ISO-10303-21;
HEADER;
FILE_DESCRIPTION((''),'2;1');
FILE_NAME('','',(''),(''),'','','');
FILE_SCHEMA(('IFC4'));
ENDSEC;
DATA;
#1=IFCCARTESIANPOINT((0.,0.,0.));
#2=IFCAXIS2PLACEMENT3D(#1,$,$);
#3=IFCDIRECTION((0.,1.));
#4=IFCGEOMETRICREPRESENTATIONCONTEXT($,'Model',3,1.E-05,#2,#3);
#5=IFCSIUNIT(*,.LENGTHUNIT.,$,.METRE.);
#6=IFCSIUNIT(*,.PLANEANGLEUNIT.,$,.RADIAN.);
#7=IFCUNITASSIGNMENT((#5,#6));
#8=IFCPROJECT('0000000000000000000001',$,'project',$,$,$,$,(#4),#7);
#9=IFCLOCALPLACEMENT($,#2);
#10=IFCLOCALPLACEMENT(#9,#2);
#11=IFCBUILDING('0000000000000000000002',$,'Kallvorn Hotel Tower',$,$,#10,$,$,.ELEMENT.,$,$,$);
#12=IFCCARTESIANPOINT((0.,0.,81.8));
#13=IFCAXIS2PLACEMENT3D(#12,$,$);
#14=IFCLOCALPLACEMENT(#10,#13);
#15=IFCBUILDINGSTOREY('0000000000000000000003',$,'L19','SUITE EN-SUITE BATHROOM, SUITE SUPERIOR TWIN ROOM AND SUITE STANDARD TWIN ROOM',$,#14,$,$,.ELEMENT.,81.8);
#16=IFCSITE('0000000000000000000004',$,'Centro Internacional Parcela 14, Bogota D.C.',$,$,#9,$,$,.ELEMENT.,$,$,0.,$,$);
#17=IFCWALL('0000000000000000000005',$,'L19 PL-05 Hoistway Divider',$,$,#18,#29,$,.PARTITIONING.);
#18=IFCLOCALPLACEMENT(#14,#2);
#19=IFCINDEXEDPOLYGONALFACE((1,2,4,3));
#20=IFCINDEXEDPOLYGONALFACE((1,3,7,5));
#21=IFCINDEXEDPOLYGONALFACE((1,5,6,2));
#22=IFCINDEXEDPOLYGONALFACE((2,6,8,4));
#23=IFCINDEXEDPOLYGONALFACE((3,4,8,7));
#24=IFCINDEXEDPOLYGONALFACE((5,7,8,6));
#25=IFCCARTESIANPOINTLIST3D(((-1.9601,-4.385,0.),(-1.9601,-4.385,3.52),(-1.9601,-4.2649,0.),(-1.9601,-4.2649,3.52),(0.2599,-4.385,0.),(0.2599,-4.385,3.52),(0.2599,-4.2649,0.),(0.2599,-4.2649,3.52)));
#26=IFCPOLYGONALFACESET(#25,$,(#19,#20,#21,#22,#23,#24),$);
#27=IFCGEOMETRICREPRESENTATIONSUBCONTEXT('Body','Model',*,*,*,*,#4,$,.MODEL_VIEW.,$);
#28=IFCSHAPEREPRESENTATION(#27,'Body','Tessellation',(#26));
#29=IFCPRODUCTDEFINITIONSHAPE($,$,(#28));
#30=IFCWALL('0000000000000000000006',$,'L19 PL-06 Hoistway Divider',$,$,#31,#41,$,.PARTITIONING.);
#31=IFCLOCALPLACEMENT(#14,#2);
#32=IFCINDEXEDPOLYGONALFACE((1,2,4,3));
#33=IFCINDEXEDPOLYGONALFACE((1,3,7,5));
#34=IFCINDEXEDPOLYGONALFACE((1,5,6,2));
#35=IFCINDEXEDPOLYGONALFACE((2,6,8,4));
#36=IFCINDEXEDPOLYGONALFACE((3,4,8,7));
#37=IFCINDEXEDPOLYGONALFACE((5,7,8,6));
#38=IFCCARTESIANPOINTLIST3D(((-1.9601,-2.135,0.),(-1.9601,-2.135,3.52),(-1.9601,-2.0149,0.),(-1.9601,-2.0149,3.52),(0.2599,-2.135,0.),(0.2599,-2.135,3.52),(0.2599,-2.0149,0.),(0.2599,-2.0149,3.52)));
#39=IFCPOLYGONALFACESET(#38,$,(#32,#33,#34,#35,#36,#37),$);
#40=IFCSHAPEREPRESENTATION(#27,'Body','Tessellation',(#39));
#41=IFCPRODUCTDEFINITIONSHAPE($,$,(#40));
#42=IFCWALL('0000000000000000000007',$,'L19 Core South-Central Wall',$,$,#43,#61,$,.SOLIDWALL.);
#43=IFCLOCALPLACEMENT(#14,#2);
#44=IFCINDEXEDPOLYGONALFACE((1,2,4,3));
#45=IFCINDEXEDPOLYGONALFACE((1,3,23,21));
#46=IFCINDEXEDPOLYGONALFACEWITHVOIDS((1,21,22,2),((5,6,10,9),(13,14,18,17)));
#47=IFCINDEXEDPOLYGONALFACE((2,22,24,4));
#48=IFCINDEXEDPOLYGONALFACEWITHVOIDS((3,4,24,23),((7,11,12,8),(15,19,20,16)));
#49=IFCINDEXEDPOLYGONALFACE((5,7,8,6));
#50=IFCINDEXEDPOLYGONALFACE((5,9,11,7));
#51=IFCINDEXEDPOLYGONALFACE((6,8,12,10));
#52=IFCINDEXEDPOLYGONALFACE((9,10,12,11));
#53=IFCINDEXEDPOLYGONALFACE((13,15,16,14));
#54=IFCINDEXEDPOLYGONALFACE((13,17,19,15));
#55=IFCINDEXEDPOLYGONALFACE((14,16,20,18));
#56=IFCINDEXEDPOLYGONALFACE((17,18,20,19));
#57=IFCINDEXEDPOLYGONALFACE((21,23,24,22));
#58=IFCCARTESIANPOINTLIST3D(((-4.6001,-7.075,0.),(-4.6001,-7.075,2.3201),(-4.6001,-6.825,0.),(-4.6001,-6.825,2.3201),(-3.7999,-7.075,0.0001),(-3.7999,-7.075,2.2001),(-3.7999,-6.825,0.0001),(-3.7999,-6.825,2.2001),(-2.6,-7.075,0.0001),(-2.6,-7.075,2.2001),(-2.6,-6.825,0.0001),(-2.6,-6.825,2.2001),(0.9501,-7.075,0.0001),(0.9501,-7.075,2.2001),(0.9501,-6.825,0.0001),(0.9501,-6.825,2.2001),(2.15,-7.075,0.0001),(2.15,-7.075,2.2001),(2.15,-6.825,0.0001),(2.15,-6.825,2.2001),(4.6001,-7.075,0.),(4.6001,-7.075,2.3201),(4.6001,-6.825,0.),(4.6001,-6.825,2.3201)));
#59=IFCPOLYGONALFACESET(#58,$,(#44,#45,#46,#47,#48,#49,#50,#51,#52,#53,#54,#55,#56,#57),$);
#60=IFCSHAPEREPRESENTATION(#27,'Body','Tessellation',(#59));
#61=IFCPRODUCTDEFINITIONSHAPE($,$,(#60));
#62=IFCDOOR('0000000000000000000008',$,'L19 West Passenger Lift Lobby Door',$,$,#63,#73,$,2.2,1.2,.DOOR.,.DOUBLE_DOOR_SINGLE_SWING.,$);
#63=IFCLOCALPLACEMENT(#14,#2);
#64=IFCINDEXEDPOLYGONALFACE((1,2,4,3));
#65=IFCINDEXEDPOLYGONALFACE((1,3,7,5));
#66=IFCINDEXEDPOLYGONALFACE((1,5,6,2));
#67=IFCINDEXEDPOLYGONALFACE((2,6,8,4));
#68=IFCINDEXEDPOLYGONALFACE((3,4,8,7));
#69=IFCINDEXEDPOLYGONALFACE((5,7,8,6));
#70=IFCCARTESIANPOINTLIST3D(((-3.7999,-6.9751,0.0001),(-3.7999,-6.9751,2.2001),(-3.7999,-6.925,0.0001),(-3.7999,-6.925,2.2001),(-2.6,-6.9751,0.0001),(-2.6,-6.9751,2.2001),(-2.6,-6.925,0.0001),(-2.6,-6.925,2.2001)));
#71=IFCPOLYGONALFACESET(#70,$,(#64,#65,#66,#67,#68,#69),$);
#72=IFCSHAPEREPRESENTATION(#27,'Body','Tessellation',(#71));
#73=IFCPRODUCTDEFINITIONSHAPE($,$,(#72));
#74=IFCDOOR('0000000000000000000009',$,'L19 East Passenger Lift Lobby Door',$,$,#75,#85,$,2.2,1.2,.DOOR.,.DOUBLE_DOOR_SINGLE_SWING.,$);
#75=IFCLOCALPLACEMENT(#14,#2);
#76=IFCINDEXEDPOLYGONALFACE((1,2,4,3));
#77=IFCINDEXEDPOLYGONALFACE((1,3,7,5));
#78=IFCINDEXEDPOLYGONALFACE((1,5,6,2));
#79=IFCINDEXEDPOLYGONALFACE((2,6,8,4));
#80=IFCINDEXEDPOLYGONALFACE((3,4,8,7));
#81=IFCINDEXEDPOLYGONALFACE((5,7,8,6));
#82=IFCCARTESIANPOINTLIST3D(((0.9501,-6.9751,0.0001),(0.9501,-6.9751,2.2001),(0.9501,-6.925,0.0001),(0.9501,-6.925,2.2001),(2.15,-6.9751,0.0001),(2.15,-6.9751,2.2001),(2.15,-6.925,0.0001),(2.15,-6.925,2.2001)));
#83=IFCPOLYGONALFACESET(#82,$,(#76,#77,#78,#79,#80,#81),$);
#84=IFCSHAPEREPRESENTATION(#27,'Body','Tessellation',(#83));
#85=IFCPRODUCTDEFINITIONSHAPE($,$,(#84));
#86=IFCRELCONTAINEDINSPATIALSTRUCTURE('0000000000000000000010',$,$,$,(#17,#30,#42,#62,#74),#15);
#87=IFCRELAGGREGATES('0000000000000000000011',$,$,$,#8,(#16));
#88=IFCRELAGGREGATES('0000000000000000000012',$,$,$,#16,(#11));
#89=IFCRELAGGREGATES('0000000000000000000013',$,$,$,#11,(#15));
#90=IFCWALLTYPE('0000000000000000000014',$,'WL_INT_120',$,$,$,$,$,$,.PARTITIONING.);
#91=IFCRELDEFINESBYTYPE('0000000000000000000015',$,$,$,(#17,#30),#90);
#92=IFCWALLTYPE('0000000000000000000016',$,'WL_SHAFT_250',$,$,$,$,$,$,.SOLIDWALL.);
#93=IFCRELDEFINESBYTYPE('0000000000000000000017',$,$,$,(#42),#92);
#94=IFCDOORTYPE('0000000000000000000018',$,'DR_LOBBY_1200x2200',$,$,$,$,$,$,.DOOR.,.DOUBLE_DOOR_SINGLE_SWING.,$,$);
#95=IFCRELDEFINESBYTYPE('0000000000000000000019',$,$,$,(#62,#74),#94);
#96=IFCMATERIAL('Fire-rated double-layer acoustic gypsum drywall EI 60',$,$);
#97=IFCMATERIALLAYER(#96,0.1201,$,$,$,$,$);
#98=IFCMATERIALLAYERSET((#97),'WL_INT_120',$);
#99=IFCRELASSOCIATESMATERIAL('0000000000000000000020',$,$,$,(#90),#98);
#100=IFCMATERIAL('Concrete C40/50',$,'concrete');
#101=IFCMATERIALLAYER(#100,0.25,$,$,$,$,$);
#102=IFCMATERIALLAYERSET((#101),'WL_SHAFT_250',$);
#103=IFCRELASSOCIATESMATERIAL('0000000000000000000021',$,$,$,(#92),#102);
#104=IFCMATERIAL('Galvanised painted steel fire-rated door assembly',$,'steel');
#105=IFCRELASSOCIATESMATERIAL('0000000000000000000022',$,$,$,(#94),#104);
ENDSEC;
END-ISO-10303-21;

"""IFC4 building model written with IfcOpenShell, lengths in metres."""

from ifc_helpers import new_model, si_unit, direction, frame, frame_2d, origin, place, context, subcontext, project, spatial, rectangle, extrude, material, layer, layer_set, type_object, element, fill, save


model = new_model("IFC4")

# Units and contexts
model_context = context("Model", 3, precision=1e-05, world=origin(), true_north=direction((0.0, 1.0)))
body_context = subcontext(model_context, "Body", "Model", "MODEL_VIEW")
ifc_project = project(units=[si_unit("LENGTHUNIT", "METRE"), si_unit("PLANEANGLEUNIT", "RADIAN")], contexts=[model_context])

# Site, building, storey
site_placement = place(None, origin())
site = spatial("IfcSite", under=ifc_project, at=site_placement, Name="Centro Internacional Parcela 14, Bogota D.C.", CompositionType="ELEMENT", RefElevation=0.0)
building_placement = place(site_placement, origin())
building = spatial("IfcBuilding", under=site, at=building_placement, Name="Kallvorn Hotel Tower", CompositionType="ELEMENT")
storey_placement = place(building_placement, frame((0.0, 0.0, 81.8)))
storey = spatial("IfcBuildingStorey", under=building, at=storey_placement, Name="L19", Description="SUITE EN-SUITE BATHROOM, SUITE SUPERIOR TWIN ROOM AND SUITE STANDARD TWIN ROOM", CompositionType="ELEMENT", Elevation=81.8)

# Walls
ifc_material_1 = material(Name="Fire-rated double-layer acoustic gypsum drywall EI 60")
ifc_layer_1 = layer(ifc_material_1, 0.1201)
ifc_layer_set_1 = layer_set([ifc_layer_1], Name="WL_INT_120")
wall_type_1 = type_object("IfcWallType", Name="WL_INT_120", PredefinedType="PARTITIONING", material=ifc_layer_set_1)
for number, where, z_axis, x_axis, name in (
    (1, (-1.96, -4.325, 0.0), (0.0, 0.0, 1.0), (1.0, 0.0, 0.0), "L19 PL-05 Hoistway Divider"),
    (2, (-1.96, -2.075, 0.0), (0.0, 0.0, 1.0), (1.0, 0.0, 0.0), "L19 PL-06 Hoistway Divider"),
):
    element("IfcWall", number, at=place(storey_placement, frame(where, z_axis=z_axis, x_axis=x_axis)), inside=storey, type_object=wall_type_1, Name=name, PredefinedType="PARTITIONING", context=body_context, shape_type="SweptSolid", body=[
        extrude(rectangle(XDim=2.22, YDim=0.1201, at=frame_2d((1.1099, 0.0))), origin(), (0.0, 0.0, 1.0), 3.52),
    ])

# Wall, openings, doors
ifc_material_2 = material(Name="Concrete C40/50", Category="concrete")
ifc_layer_2 = layer(ifc_material_2, 0.25)
ifc_layer_set_2 = layer_set([ifc_layer_2], Name="WL_SHAFT_250")
wall_type_2 = type_object("IfcWallType", Name="WL_SHAFT_250", PredefinedType="SOLIDWALL", material=ifc_layer_set_2)
wall_1_placement = place(storey_placement, frame((-4.6001, -6.95, 0.0), z_axis=(0.0, 0.0, 1.0), x_axis=(1.0, 0.0, 0.0)))
wall_1 = element("IfcWall", 3, at=wall_1_placement, inside=storey, type_object=wall_type_2, Name="L19 Core South-Central Wall", PredefinedType="SOLIDWALL", context=body_context, shape_type="SweptSolid", body=[
    extrude(rectangle(XDim=9.2002, YDim=0.25, at=frame_2d((4.6001, 0.0))), origin(), (0.0, 0.0, 1.0), 2.3201),
])
opening_1_placement = place(wall_1_placement, frame((0.8, 0.0, 0.0)))
opening_1 = element("IfcOpeningElement", 4, at=opening_1_placement, cuts=wall_1, PredefinedType="OPENING", context=body_context, shape_type="SweptSolid", body=[
    extrude(rectangle(XDim=1.2, YDim=2.2, at=frame_2d((0.6001, 1.1001))), frame((0.0, 0.1399, 0.0), z_axis=(0.0, -1.0, 0.0), x_axis=(1.0, 0.0, 0.0)), (0.0, 0.0, 1.0), 0.28),
])
opening_2_placement = place(wall_1_placement, frame((5.55, 0.0, 0.0)))
opening_2 = element("IfcOpeningElement", 5, at=opening_2_placement, cuts=wall_1, PredefinedType="OPENING", context=body_context, shape_type="SweptSolid", body=[
    extrude(rectangle(XDim=1.2, YDim=2.2, at=frame_2d((0.6001, 1.1001))), frame((0.0, 0.1399, 0.0), z_axis=(0.0, -1.0, 0.0), x_axis=(1.0, 0.0, 0.0)), (0.0, 0.0, 1.0), 0.28),
])
ifc_material_3 = material(Name="Galvanised painted steel fire-rated door assembly", Category="steel")
door_type_1 = type_object("IfcDoorType", Name="DR_LOBBY_1200x2200", OperationType="DOUBLE_DOOR_SINGLE_SWING", PredefinedType="DOOR", material=ifc_material_3)
door_1_placement = place(opening_1_placement, origin())
door_1 = element("IfcDoor", 6, at=door_1_placement, inside=storey, type_object=door_type_1, Name="L19 West Passenger Lift Lobby Door", OperationType="DOUBLE_DOOR_SINGLE_SWING", OverallHeight=2.2, OverallWidth=1.2, PredefinedType="DOOR", context=body_context, shape_type="SweptSolid", body=[
    extrude(rectangle(XDim=1.2, YDim=2.2, at=frame_2d((0.6001, 1.1001))), frame((0.0, 0.0249, 0.0), z_axis=(0.0, -1.0, 0.0), x_axis=(1.0, 0.0, 0.0)), (0.0, 0.0, 1.0), 0.05),
])
fill(opening_1, door_1)
door_2_placement = place(opening_2_placement, origin())
door_2 = element("IfcDoor", 7, at=door_2_placement, inside=storey, type_object=door_type_1, Name="L19 East Passenger Lift Lobby Door", OperationType="DOUBLE_DOOR_SINGLE_SWING", OverallHeight=2.2, OverallWidth=1.2, PredefinedType="DOOR", context=body_context, shape_type="SweptSolid", body=[
    extrude(rectangle(XDim=1.2, YDim=2.2, at=frame_2d((0.6001, 1.1001))), frame((0.0, 0.0249, 0.0), z_axis=(0.0, -1.0, 0.0), x_axis=(1.0, 0.0, 0.0)), (0.0, 0.0, 1.0), 0.05),
])
fill(opening_2, door_2)

save(model, "model.ifc")
